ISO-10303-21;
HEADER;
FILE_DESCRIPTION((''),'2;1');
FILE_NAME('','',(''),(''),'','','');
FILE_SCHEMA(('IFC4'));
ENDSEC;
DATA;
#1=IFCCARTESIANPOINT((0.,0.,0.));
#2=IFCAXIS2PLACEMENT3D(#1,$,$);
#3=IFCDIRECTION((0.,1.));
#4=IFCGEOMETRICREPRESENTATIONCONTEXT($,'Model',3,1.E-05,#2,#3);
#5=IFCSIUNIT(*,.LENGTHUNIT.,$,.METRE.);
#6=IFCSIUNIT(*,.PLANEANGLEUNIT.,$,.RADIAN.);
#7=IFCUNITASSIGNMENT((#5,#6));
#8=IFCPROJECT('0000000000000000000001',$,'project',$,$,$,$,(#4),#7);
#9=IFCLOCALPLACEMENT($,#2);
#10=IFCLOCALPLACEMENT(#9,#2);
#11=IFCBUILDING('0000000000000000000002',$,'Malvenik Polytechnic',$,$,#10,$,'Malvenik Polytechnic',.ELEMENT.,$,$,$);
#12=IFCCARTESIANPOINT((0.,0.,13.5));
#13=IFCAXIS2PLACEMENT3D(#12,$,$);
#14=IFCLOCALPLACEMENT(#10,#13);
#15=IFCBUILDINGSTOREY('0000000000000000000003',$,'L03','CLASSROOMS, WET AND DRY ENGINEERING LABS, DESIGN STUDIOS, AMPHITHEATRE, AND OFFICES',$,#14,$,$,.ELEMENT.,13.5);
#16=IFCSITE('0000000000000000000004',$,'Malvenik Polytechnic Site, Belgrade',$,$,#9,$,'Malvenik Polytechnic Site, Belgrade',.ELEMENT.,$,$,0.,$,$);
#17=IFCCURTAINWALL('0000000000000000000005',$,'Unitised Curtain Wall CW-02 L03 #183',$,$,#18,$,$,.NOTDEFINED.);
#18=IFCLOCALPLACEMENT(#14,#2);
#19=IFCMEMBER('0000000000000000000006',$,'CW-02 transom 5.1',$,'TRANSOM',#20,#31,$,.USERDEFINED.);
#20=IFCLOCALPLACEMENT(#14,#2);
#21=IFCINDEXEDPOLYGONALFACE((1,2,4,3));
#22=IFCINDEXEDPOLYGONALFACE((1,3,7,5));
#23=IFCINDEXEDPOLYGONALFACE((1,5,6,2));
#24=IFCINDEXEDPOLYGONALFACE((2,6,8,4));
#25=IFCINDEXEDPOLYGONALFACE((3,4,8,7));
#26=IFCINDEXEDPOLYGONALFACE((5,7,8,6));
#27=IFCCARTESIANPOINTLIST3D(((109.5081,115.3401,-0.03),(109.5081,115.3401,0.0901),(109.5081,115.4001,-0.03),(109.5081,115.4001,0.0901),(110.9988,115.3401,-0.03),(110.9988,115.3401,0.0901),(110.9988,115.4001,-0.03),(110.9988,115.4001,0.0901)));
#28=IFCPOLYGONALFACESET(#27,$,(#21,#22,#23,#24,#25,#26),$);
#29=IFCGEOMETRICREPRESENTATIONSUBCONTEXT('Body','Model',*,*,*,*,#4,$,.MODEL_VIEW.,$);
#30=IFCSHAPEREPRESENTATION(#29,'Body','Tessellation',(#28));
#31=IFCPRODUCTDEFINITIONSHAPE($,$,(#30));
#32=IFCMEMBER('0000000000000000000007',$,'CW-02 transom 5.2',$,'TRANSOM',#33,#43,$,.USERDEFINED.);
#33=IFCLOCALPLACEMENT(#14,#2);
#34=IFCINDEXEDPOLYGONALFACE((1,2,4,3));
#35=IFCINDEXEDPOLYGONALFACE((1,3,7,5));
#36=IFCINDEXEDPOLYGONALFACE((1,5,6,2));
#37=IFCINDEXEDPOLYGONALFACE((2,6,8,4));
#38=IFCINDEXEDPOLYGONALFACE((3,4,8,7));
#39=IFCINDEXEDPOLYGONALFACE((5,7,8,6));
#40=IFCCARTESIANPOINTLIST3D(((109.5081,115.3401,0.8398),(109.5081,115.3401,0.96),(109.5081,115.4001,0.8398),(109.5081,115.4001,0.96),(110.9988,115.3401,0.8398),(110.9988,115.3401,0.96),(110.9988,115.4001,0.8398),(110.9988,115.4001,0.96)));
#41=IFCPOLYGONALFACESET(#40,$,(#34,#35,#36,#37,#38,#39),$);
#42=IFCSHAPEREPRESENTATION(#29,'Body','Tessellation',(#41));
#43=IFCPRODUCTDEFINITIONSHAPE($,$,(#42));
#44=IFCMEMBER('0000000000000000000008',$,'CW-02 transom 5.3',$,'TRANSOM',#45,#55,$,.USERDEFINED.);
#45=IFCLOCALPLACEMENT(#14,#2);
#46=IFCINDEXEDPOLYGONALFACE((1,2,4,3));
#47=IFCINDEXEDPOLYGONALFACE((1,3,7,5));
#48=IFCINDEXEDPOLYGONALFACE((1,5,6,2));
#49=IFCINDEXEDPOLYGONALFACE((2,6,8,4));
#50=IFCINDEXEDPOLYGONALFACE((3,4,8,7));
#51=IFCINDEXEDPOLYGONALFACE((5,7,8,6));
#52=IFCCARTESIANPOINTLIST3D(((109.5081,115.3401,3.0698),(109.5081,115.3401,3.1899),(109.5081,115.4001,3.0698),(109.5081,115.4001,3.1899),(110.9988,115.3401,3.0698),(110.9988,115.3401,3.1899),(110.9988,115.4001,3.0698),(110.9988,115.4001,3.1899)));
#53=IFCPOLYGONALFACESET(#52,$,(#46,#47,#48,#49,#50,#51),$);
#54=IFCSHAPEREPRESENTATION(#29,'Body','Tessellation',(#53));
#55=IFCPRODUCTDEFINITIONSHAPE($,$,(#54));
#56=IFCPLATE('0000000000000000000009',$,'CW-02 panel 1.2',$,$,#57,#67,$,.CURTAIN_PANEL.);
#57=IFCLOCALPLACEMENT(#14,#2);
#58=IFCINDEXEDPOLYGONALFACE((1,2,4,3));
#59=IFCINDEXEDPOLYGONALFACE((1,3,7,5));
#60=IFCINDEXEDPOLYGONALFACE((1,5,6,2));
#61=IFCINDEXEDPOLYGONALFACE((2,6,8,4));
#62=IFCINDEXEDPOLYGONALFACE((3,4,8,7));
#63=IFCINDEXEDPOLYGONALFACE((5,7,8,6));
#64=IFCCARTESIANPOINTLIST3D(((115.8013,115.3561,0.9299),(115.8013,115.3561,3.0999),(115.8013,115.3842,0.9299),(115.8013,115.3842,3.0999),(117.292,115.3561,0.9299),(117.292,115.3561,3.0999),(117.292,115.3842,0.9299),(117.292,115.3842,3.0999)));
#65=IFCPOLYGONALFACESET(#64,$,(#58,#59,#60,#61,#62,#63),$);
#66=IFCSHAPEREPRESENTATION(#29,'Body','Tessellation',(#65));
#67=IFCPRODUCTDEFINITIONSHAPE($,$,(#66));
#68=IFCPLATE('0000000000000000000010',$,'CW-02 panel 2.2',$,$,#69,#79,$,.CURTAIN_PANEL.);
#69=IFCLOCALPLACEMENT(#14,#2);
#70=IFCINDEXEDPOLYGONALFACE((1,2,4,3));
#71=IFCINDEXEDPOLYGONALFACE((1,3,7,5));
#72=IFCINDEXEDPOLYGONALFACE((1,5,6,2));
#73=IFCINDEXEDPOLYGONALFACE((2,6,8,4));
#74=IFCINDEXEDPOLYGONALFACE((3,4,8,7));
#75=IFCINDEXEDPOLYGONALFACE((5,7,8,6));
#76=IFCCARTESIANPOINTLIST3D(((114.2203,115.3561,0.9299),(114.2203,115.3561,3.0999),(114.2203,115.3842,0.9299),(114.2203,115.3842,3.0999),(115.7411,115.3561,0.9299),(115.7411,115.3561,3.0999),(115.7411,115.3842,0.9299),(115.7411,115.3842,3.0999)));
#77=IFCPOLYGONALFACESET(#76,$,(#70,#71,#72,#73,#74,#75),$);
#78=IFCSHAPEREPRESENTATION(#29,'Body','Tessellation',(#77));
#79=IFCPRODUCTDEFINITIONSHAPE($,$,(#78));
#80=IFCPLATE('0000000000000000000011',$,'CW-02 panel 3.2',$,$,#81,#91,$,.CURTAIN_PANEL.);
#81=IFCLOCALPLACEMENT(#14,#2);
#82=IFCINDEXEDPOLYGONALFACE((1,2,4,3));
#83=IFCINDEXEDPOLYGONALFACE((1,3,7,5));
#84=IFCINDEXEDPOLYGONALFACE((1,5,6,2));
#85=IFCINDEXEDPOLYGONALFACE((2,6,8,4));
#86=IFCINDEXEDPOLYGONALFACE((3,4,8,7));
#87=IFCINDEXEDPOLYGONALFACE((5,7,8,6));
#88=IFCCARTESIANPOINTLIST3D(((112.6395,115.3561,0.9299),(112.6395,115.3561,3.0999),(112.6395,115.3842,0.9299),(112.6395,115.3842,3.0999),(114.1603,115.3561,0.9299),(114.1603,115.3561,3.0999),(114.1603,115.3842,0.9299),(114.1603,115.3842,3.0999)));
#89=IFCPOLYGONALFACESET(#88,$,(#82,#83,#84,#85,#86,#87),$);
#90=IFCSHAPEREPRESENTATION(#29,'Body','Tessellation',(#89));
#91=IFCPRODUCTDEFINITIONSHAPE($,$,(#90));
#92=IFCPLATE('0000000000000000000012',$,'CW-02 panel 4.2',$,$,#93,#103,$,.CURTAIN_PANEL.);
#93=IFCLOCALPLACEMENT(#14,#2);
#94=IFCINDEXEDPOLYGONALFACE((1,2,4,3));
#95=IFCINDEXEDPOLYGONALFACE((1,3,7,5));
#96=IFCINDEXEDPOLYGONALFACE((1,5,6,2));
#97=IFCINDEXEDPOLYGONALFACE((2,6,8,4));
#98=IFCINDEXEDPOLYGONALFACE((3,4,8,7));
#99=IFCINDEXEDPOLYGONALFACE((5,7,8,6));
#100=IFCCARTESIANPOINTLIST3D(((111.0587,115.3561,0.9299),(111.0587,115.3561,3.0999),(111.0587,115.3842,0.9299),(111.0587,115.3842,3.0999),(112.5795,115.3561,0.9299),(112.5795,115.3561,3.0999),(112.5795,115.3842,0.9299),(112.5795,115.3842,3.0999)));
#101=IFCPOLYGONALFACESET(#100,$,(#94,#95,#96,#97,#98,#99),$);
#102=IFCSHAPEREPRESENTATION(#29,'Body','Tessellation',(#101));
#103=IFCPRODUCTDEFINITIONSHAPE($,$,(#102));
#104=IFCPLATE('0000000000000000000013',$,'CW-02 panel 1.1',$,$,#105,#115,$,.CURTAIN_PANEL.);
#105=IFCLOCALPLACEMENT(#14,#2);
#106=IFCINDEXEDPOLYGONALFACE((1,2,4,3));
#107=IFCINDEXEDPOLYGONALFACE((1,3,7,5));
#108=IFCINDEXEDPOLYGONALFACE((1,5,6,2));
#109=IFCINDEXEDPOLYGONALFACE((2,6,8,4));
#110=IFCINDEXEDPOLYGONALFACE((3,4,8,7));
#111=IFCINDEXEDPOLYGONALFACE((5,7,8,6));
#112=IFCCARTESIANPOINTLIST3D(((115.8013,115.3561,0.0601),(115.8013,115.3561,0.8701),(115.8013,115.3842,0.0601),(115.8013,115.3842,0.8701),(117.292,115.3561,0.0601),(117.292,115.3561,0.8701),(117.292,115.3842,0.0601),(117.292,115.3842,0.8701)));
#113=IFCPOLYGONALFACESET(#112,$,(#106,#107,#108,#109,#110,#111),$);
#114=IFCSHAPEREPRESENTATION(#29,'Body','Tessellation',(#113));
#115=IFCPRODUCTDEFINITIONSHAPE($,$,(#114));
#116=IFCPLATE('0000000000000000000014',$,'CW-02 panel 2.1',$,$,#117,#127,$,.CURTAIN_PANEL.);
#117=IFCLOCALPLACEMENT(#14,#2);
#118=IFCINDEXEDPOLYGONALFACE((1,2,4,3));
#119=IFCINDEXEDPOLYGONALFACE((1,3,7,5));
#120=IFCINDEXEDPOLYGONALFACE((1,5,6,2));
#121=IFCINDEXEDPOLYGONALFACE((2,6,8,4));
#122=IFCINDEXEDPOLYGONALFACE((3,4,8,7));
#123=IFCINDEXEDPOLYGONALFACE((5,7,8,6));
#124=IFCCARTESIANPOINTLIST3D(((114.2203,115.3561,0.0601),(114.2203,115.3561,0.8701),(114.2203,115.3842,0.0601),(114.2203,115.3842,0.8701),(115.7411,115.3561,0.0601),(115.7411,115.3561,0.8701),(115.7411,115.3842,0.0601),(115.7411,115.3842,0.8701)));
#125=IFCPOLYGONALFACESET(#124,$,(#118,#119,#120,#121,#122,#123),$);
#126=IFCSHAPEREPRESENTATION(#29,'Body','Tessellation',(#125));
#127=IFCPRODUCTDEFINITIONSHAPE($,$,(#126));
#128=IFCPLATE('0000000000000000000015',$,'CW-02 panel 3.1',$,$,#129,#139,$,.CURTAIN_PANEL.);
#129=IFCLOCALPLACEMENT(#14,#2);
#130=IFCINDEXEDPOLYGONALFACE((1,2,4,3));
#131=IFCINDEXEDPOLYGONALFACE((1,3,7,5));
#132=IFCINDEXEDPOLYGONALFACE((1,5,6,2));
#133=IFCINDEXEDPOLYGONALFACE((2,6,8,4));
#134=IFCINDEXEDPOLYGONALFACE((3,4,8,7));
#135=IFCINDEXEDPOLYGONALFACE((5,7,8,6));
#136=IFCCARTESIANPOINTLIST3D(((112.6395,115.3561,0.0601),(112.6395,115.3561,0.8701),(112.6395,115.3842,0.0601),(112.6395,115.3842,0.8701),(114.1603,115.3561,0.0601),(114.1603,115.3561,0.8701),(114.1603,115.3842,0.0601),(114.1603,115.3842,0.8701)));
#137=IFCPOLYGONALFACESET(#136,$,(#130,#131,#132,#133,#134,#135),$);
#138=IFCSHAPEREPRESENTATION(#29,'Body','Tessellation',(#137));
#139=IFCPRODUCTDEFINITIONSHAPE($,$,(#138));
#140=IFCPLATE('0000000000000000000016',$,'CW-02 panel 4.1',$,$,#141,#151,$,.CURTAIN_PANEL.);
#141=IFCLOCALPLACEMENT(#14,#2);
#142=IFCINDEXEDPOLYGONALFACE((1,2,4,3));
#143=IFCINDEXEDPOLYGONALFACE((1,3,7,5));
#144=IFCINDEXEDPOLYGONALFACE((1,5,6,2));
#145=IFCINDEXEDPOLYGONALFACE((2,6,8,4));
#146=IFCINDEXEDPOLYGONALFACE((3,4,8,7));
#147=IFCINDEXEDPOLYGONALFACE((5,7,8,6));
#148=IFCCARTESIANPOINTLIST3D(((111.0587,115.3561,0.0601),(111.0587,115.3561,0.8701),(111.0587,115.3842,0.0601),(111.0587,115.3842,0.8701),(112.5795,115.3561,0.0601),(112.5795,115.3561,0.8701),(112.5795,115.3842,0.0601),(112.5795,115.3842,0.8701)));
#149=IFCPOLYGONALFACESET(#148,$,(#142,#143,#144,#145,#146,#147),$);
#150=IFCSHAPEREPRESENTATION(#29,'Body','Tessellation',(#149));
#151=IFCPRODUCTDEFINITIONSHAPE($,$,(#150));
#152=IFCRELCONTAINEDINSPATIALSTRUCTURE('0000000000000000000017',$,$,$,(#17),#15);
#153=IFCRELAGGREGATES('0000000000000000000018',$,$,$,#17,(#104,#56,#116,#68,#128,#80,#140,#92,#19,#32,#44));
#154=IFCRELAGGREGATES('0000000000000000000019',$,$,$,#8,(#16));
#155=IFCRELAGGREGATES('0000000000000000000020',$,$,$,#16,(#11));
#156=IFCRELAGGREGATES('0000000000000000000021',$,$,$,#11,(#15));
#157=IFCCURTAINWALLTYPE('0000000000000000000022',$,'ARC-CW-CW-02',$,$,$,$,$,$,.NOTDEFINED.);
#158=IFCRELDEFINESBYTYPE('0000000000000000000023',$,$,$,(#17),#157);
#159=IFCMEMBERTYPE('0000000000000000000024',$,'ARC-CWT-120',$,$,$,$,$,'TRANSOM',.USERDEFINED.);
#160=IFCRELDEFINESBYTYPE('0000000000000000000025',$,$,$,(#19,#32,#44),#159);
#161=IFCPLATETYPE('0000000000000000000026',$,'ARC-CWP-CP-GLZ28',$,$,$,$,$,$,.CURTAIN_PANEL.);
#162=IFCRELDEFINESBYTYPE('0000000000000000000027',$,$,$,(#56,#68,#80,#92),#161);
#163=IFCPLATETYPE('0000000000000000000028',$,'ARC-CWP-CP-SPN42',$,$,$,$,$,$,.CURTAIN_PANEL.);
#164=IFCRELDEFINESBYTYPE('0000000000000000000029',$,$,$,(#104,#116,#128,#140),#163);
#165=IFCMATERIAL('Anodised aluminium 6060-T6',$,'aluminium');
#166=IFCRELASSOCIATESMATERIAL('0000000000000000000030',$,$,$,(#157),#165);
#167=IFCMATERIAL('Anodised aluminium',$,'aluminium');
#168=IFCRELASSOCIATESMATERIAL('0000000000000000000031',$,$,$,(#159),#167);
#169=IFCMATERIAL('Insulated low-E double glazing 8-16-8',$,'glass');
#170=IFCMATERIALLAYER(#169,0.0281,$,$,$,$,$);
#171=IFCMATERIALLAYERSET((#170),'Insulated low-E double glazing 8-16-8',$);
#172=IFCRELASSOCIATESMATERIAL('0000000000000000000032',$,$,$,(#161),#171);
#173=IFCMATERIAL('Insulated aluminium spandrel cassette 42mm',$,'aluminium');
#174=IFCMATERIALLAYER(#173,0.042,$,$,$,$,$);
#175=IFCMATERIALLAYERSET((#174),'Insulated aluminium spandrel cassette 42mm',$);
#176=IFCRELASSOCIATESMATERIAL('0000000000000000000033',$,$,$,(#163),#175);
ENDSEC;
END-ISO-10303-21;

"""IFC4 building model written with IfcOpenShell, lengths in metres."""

from ifc_helpers import new_model, si_unit, direction, frame, origin, origin_2d, place, context, subcontext, project, spatial, rectangle, extrude, material, layer, layer_set, material_profile, profile_set, type_object, element, aggregate, save


model = new_model("IFC4")

# Units and contexts
model_context = context("Model", 3, precision=1e-05, world=origin(), true_north=direction((0.0, 1.0)))
body_context = subcontext(model_context, "Body", "Model", "MODEL_VIEW")
ifc_project = project(units=[si_unit("LENGTHUNIT", "METRE"), si_unit("PLANEANGLEUNIT", "RADIAN")], contexts=[model_context])

# Site, building, storey
site_placement = place(None, origin())
site = spatial("IfcSite", under=ifc_project, at=site_placement, Name="Malvenik Polytechnic Site, Belgrade", LongName="Malvenik Polytechnic Site, Belgrade", CompositionType="ELEMENT", RefElevation=0.0)
building_placement = place(site_placement, origin())
building = spatial("IfcBuilding", under=site, at=building_placement, Name="Malvenik Polytechnic", LongName="Malvenik Polytechnic", CompositionType="ELEMENT")
storey_placement = place(building_placement, frame((0.0, 0.0, 13.5)))
storey = spatial("IfcBuildingStorey", under=building, at=storey_placement, Name="L03", Description="CLASSROOMS, WET AND DRY ENGINEERING LABS, DESIGN STUDIOS, AMPHITHEATRE, AND OFFICES", CompositionType="ELEMENT", Elevation=13.5)

# Curtain wall, members, plates
ifc_material_1 = material(Name="Anodised aluminium 6060-T6", Category="aluminium")
curtain_wall_type = type_object("IfcCurtainWallType", Name="ARC-CW-CW-02", PredefinedType="NOTDEFINED", material=ifc_material_1)
curtain_wall_placement = place(storey_placement, origin())
curtain_wall = element("IfcCurtainWall", 1, at=curtain_wall_placement, inside=storey, type_object=curtain_wall_type, Name="Unitised Curtain Wall CW-02 L03 #183", PredefinedType="NOTDEFINED")
ifc_material_2 = material(Name="Anodised aluminium", Category="aluminium")
ifc_material_profile_1 = material_profile(ifc_material_2, rectangle(XDim=0.0601, YDim=0.1201, at=origin_2d()), Name="ALU TRANSOM 60x120")
ifc_profile_set_1 = profile_set([ifc_material_profile_1], Name="Anodised aluminium")
member_type_1 = type_object("IfcMemberType", Name="ARC-CWT-120", ElementType="TRANSOM", PredefinedType="USERDEFINED", material=ifc_profile_set_1)
member_1_placement = place(storey_placement, frame((110.9988, 115.3701, 0.03), z_axis=(-1.0, 0.0, 0.0), x_axis=(0.0, -1.0, 0.0)))
member_1 = element("IfcMember", 2, at=member_1_placement, type_object=member_type_1, Name="CW-02 transom 5.1", ObjectType="TRANSOM", PredefinedType="USERDEFINED", context=body_context, shape_type="SweptSolid", body=[
    extrude(rectangle(XDim=0.0601, YDim=0.1201, at=origin_2d()), origin(), (0.0, 0.0, 1.0), 1.4907),
])
member_2_placement = place(storey_placement, frame((110.9988, 115.3701, 0.8999), z_axis=(-1.0, 0.0, 0.0), x_axis=(0.0, -1.0, 0.0)))
member_2 = element("IfcMember", 3, at=member_2_placement, type_object=member_type_1, Name="CW-02 transom 5.2", ObjectType="TRANSOM", PredefinedType="USERDEFINED", context=body_context, shape_type="SweptSolid", body=[
    extrude(rectangle(XDim=0.0601, YDim=0.1201, at=origin_2d()), origin(), (0.0, 0.0, 1.0), 1.4907),
])
member_3_placement = place(storey_placement, frame((110.9988, 115.3701, 3.1299), z_axis=(-1.0, 0.0, 0.0), x_axis=(0.0, -1.0, 0.0)))
member_3 = element("IfcMember", 4, at=member_3_placement, type_object=member_type_1, Name="CW-02 transom 5.3", ObjectType="TRANSOM", PredefinedType="USERDEFINED", context=body_context, shape_type="SweptSolid", body=[
    extrude(rectangle(XDim=0.0601, YDim=0.1201, at=origin_2d()), origin(), (0.0, 0.0, 1.0), 1.4907),
])
ifc_material_3 = material(Name="Insulated low-E double glazing 8-16-8", Category="glass")
ifc_layer_1 = layer(ifc_material_3, 0.0281)
ifc_layer_set_1 = layer_set([ifc_layer_1], Name="Insulated low-E double glazing 8-16-8")
plate_type_1 = type_object("IfcPlateType", Name="ARC-CWP-CP-GLZ28", PredefinedType="CURTAIN_PANEL", material=ifc_layer_set_1)
plate_1_placement = place(storey_placement, frame((116.5466, 115.3701, 0.9299), z_axis=(0.0, 0.0, 1.0), x_axis=(-1.0, 0.0, 0.0)))
plate_1 = element("IfcPlate", 5, at=plate_1_placement, type_object=plate_type_1, Name="CW-02 panel 1.2", PredefinedType="CURTAIN_PANEL", context=body_context, shape_type="SweptSolid", body=[
    extrude(rectangle(XDim=1.4907, YDim=0.0281, at=origin_2d()), origin(), (0.0, 0.0, 1.0), 2.1699),
])
plate_2_placement = place(storey_placement, frame((114.9807, 115.3701, 0.9299), z_axis=(0.0, 0.0, 1.0), x_axis=(-1.0, 0.0, 0.0)))
plate_2 = element("IfcPlate", 6, at=plate_2_placement, type_object=plate_type_1, Name="CW-02 panel 2.2", PredefinedType="CURTAIN_PANEL", context=body_context, shape_type="SweptSolid", body=[
    extrude(rectangle(XDim=1.5208, YDim=0.0281, at=origin_2d()), origin(), (0.0, 0.0, 1.0), 2.1699),
])
plate_3_placement = place(storey_placement, frame((113.3999, 115.3701, 0.9299), z_axis=(0.0, 0.0, 1.0), x_axis=(-1.0, 0.0, 0.0)))
plate_3 = element("IfcPlate", 7, at=plate_3_placement, type_object=plate_type_1, Name="CW-02 panel 3.2", PredefinedType="CURTAIN_PANEL", context=body_context, shape_type="SweptSolid", body=[
    extrude(rectangle(XDim=1.5208, YDim=0.0281, at=origin_2d()), origin(), (0.0, 0.0, 1.0), 2.1699),
])
plate_4_placement = place(storey_placement, frame((111.8191, 115.3701, 0.9299), z_axis=(0.0, 0.0, 1.0), x_axis=(-1.0, 0.0, 0.0)))
plate_4 = element("IfcPlate", 8, at=plate_4_placement, type_object=plate_type_1, Name="CW-02 panel 4.2", PredefinedType="CURTAIN_PANEL", context=body_context, shape_type="SweptSolid", body=[
    extrude(rectangle(XDim=1.5208, YDim=0.0281, at=origin_2d()), origin(), (0.0, 0.0, 1.0), 2.1699),
])
ifc_material_4 = material(Name="Insulated aluminium spandrel cassette 42mm", Category="aluminium")
ifc_layer_2 = layer(ifc_material_4, 0.042)
ifc_layer_set_2 = layer_set([ifc_layer_2], Name="Insulated aluminium spandrel cassette 42mm")
plate_type_2 = type_object("IfcPlateType", Name="ARC-CWP-CP-SPN42", PredefinedType="CURTAIN_PANEL", material=ifc_layer_set_2)
plate_5_placement = place(storey_placement, frame((116.5466, 115.3701, 0.0601), z_axis=(0.0, 0.0, 1.0), x_axis=(-1.0, 0.0, 0.0)))
plate_5 = element("IfcPlate", 9, at=plate_5_placement, type_object=plate_type_2, Name="CW-02 panel 1.1", PredefinedType="CURTAIN_PANEL", context=body_context, shape_type="SweptSolid", body=[
    extrude(rectangle(XDim=1.4907, YDim=0.0281, at=origin_2d()), origin(), (0.0, 0.0, 1.0), 0.8101),
])
plate_6_placement = place(storey_placement, frame((114.9807, 115.3701, 0.0601), z_axis=(0.0, 0.0, 1.0), x_axis=(-1.0, 0.0, 0.0)))
plate_6 = element("IfcPlate", 10, at=plate_6_placement, type_object=plate_type_2, Name="CW-02 panel 2.1", PredefinedType="CURTAIN_PANEL", context=body_context, shape_type="SweptSolid", body=[
    extrude(rectangle(XDim=1.5208, YDim=0.0281, at=origin_2d()), origin(), (0.0, 0.0, 1.0), 0.8101),
])
plate_7_placement = place(storey_placement, frame((113.3999, 115.3701, 0.0601), z_axis=(0.0, 0.0, 1.0), x_axis=(-1.0, 0.0, 0.0)))
plate_7 = element("IfcPlate", 11, at=plate_7_placement, type_object=plate_type_2, Name="CW-02 panel 3.1", PredefinedType="CURTAIN_PANEL", context=body_context, shape_type="SweptSolid", body=[
    extrude(rectangle(XDim=1.5208, YDim=0.0281, at=origin_2d()), origin(), (0.0, 0.0, 1.0), 0.8101),
])
plate_8_placement = place(storey_placement, frame((111.8191, 115.3701, 0.0601), z_axis=(0.0, 0.0, 1.0), x_axis=(-1.0, 0.0, 0.0)))
plate_8 = element("IfcPlate", 12, at=plate_8_placement, type_object=plate_type_2, Name="CW-02 panel 4.1", PredefinedType="CURTAIN_PANEL", context=body_context, shape_type="SweptSolid", body=[
    extrude(rectangle(XDim=1.5208, YDim=0.0281, at=origin_2d()), origin(), (0.0, 0.0, 1.0), 0.8101),
])
aggregate(curtain_wall, [plate_5, plate_1, plate_6, plate_2, plate_7, plate_3, plate_8, plate_4, member_1, member_2, member_3])

save(model, "model.ifc")
